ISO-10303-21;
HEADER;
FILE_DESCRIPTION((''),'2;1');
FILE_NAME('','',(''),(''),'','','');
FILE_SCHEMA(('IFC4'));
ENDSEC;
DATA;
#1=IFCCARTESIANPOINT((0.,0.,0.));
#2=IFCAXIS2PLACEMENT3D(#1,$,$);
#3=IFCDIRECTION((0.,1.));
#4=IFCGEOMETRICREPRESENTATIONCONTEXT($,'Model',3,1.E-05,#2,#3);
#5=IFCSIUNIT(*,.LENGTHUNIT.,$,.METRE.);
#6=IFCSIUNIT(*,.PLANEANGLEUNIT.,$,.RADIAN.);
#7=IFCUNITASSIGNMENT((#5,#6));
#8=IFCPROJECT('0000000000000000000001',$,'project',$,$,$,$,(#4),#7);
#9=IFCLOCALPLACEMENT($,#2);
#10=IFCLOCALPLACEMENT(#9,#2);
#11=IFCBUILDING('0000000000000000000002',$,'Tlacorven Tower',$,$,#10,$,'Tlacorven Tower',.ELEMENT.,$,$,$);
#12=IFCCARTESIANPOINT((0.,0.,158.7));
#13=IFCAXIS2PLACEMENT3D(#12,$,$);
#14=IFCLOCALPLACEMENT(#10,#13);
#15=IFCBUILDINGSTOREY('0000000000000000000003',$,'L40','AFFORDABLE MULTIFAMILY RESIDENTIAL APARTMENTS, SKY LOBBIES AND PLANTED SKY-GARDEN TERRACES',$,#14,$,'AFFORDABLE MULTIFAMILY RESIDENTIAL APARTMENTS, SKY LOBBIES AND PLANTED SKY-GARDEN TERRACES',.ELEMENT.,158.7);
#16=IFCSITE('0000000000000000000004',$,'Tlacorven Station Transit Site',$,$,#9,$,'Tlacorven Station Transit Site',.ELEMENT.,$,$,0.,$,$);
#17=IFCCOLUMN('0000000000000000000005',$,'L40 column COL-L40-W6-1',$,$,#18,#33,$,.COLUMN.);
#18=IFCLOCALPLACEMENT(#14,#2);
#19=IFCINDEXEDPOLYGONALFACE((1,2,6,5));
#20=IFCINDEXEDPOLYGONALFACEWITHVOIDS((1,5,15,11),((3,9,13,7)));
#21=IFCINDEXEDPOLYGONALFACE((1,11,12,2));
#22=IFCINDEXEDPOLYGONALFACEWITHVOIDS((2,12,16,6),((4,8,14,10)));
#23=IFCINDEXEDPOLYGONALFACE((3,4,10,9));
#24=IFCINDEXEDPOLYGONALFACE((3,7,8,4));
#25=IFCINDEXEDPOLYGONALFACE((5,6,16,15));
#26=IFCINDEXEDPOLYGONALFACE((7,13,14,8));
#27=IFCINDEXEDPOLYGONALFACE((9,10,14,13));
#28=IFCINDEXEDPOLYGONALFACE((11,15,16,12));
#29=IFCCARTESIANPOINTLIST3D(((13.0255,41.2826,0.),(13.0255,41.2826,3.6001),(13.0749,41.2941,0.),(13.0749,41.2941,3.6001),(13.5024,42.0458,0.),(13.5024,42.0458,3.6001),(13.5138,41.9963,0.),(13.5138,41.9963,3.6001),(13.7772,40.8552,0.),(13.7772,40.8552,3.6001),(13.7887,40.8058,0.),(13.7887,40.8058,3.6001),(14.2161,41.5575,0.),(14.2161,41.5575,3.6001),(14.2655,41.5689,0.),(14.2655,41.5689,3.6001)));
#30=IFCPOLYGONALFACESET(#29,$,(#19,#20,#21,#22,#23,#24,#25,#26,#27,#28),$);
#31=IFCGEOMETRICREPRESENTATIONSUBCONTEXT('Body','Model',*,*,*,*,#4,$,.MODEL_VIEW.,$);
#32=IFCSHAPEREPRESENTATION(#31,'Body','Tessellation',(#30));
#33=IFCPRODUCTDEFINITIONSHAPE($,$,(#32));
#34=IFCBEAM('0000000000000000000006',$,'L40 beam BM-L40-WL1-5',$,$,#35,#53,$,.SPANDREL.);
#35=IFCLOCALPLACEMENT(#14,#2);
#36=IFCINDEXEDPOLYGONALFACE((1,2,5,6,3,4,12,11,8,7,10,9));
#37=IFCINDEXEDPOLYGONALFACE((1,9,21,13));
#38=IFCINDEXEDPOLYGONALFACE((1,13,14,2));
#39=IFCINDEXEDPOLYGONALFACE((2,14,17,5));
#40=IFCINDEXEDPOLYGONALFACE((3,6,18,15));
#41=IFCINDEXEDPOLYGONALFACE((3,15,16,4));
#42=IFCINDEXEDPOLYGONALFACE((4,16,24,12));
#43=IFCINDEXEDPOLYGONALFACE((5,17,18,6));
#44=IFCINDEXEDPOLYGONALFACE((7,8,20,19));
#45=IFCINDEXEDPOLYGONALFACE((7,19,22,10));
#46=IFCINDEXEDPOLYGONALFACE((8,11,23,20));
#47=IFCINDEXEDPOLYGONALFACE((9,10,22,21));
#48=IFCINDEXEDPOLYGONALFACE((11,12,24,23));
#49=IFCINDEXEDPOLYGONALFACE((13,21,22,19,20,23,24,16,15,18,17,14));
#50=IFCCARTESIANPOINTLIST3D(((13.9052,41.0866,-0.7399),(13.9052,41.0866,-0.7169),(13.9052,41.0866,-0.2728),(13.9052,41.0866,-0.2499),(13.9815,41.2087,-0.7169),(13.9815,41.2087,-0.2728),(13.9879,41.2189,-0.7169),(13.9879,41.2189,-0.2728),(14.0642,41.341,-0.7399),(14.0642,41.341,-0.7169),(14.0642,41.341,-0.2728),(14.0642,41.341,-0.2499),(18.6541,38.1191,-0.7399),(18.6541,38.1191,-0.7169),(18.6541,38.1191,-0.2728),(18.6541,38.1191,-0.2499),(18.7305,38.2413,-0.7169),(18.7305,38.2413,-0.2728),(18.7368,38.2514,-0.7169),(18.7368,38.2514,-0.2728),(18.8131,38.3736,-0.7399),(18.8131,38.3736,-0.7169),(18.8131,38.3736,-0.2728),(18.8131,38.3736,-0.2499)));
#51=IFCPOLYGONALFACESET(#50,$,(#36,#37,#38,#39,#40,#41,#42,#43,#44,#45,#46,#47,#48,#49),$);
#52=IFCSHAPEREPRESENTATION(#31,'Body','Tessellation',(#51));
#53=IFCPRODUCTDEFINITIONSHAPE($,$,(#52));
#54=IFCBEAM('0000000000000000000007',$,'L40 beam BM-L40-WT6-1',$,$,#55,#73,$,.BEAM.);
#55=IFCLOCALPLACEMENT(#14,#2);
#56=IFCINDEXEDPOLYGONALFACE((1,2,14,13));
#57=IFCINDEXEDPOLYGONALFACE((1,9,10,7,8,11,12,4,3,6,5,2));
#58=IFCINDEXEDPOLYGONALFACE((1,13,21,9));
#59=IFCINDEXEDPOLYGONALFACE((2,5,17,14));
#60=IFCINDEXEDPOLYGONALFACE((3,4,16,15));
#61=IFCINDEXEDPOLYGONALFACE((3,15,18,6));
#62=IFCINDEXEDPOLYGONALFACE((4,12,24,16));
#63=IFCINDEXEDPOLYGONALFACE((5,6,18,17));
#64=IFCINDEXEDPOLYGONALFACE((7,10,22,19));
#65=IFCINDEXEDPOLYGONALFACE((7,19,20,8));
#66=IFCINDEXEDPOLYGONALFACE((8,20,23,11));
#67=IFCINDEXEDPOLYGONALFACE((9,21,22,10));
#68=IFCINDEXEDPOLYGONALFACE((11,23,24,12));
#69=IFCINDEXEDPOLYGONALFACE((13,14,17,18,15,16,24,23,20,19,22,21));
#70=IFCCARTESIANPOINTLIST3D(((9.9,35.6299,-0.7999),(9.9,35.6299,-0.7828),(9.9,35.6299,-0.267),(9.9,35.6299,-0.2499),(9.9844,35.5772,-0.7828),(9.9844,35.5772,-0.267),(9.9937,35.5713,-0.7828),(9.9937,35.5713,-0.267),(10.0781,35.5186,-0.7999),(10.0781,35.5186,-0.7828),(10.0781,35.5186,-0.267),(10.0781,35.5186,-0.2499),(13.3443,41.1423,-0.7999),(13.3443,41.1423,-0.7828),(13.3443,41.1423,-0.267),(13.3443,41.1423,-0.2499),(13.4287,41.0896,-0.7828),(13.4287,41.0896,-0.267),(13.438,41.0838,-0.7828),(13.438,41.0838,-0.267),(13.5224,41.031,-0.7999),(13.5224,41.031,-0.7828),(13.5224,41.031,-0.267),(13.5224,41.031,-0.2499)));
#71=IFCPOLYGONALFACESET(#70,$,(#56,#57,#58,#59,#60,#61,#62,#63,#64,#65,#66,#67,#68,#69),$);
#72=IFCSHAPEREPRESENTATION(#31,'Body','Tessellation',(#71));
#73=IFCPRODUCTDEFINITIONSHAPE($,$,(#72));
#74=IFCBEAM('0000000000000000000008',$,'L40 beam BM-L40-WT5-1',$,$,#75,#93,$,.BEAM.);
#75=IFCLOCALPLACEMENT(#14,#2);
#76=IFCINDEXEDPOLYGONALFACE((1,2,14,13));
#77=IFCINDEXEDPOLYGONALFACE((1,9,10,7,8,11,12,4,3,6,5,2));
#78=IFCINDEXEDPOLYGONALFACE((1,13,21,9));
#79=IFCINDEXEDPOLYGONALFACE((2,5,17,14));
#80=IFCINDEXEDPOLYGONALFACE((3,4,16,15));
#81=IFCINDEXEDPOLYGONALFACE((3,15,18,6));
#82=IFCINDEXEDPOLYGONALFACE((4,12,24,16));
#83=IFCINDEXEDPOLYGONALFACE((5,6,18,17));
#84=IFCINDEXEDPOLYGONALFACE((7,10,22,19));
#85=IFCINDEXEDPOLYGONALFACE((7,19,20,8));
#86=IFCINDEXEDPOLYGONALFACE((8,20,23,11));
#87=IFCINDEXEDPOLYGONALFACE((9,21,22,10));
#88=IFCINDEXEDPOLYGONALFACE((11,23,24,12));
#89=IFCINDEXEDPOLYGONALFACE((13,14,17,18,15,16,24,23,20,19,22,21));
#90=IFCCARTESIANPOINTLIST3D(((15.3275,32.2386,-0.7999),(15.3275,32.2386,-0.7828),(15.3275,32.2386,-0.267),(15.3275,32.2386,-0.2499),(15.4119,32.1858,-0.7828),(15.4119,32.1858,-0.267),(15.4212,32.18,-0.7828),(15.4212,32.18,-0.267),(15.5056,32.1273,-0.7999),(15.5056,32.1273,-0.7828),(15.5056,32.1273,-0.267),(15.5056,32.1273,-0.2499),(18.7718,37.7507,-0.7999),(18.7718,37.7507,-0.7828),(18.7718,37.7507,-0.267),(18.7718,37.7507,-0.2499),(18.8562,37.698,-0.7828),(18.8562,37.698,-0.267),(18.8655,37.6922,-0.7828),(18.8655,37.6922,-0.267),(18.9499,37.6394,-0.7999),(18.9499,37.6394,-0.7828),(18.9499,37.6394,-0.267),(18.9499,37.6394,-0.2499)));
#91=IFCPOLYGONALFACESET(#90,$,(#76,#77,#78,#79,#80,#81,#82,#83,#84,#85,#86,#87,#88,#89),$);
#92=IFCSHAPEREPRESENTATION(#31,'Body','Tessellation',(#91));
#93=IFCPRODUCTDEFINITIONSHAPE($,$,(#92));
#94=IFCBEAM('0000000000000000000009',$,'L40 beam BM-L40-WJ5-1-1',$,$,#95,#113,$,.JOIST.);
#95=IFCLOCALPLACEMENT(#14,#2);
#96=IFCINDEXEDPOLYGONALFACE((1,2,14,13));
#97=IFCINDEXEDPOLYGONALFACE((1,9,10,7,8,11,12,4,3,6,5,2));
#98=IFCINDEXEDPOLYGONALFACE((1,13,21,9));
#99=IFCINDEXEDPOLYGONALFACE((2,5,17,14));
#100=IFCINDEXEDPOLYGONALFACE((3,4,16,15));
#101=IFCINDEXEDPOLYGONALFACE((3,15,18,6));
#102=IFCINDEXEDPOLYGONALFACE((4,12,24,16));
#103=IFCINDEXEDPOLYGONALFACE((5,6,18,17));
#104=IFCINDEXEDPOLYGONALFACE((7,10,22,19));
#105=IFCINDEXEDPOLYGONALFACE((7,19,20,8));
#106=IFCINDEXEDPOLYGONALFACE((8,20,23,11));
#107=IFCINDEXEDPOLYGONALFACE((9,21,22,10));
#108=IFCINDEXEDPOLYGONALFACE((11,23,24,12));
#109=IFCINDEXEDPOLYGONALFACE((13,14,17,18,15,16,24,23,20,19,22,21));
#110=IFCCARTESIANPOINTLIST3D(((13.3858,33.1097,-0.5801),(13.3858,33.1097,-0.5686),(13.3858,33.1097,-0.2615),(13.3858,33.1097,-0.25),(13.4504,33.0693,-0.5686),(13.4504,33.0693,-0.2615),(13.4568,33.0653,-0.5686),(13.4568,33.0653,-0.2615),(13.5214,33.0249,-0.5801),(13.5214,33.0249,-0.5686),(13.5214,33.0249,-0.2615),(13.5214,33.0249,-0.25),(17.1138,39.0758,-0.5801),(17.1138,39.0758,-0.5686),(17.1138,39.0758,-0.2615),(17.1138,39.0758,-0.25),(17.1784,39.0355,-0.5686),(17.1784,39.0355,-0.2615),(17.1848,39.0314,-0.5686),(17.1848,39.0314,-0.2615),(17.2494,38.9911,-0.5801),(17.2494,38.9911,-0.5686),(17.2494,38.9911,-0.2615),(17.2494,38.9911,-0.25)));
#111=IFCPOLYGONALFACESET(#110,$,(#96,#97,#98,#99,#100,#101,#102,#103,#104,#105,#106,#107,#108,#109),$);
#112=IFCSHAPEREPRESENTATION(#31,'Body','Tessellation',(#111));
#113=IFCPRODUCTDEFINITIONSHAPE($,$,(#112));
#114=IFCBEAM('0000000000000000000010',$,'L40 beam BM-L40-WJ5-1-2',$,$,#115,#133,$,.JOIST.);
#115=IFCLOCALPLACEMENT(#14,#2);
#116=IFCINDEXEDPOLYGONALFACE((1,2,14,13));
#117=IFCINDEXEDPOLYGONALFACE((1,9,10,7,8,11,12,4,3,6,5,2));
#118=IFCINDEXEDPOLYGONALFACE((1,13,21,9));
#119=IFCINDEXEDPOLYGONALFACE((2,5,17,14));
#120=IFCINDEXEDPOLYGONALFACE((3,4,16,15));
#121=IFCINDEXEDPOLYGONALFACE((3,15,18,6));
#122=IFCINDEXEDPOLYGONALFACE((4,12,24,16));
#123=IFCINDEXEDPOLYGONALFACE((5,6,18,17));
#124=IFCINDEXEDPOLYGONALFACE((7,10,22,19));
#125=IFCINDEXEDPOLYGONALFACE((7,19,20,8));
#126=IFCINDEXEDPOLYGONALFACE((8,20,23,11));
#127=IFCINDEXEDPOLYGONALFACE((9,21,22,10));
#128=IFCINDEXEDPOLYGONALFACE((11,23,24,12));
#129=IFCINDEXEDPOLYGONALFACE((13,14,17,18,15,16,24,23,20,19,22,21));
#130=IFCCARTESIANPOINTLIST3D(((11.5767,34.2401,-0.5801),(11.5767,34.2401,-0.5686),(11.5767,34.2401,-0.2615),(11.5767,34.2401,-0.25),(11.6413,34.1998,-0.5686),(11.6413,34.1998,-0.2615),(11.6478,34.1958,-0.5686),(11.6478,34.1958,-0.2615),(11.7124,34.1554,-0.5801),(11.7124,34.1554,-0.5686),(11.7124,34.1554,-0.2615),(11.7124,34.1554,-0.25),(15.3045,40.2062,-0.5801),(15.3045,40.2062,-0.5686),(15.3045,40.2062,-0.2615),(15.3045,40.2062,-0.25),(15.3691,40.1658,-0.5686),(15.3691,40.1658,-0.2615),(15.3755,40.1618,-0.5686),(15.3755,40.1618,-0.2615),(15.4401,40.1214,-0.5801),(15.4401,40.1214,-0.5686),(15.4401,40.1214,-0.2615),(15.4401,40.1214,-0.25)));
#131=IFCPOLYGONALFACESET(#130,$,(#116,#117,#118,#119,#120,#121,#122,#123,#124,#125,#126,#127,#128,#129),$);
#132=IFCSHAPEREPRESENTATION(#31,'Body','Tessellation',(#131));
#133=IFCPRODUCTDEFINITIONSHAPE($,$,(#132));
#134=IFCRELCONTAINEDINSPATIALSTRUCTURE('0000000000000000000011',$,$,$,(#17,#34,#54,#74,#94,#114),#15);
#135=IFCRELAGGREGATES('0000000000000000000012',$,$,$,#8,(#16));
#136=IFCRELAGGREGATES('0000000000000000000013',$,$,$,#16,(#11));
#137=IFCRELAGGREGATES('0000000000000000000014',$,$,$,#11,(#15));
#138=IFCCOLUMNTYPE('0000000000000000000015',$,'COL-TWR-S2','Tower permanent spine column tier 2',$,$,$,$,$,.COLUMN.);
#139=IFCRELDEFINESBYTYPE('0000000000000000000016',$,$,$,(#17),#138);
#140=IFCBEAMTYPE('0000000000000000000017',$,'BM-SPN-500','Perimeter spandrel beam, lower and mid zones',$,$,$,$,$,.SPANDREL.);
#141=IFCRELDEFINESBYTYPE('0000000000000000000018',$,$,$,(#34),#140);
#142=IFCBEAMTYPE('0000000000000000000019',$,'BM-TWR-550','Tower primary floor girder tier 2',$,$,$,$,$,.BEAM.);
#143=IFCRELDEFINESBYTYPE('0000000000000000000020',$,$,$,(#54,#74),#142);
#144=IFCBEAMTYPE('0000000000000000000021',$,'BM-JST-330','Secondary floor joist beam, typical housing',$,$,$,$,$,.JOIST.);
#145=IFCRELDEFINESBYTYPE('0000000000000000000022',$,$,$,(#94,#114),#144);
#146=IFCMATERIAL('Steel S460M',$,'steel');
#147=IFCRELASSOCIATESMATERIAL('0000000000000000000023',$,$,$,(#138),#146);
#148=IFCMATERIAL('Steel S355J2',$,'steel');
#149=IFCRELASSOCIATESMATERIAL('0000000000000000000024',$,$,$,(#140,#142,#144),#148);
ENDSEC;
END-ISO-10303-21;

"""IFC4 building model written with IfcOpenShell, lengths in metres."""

from ifc_helpers import new_model, si_unit, direction, frame, origin, origin_2d, place, context, subcontext, project, spatial, hollow_rectangle, i_section, extrude, source, transform, mapped, material, material_profile, profile_set, type_object, element, save


model = new_model("IFC4")

# Units and contexts
model_context = context("Model", 3, precision=1e-05, world=origin(), true_north=direction((0.0, 1.0)))
body_context = subcontext(model_context, "Body", "Model", "MODEL_VIEW")
ifc_project = project(units=[si_unit("LENGTHUNIT", "METRE"), si_unit("PLANEANGLEUNIT", "RADIAN")], contexts=[model_context])

# Site, building, storey
site_placement = place(None, origin())
site = spatial("IfcSite", under=ifc_project, at=site_placement, Name="Tlacorven Station Transit Site", LongName="Tlacorven Station Transit Site", CompositionType="ELEMENT", RefElevation=0.0)
building_placement = place(site_placement, origin())
building = spatial("IfcBuilding", under=site, at=building_placement, Name="Tlacorven Tower", LongName="Tlacorven Tower", CompositionType="ELEMENT")
storey_placement = place(building_placement, frame((0.0, 0.0, 158.7)))
storey = spatial("IfcBuildingStorey", under=building, at=storey_placement, Name="L40", Description="AFFORDABLE MULTIFAMILY RESIDENTIAL APARTMENTS, SKY LOBBIES AND PLANTED SKY-GARDEN TERRACES", LongName="AFFORDABLE MULTIFAMILY RESIDENTIAL APARTMENTS, SKY LOBBIES AND PLANTED SKY-GARDEN TERRACES", CompositionType="ELEMENT", Elevation=158.7)

# Column
ifc_material_1 = material(Name="Steel S460M", Category="steel")
ifc_material_profile_1 = material_profile(ifc_material_1, hollow_rectangle(XDim=0.8999, YDim=0.8999, WallThickness=0.0359, at=origin_2d()), Name="BOX 900X900X36")
ifc_profile_set_1 = profile_set([ifc_material_profile_1], Name="Steel S460M")
column_type = type_object("IfcColumnType", Name="COL-TWR-S2", Description="Tower permanent spine column tier 2", PredefinedType="COLUMN", material=ifc_profile_set_1)
shared_shape_1 = source(origin(), body_context, "Body", "SweptSolid", [
    extrude(hollow_rectangle(XDim=0.8999, YDim=0.8999, WallThickness=0.0359, at=origin_2d()), origin(), (0.0, 0.0, 1.0), 3.6001),
])
column_placement = place(storey_placement, frame((13.6455, 41.4258, 0.0), z_axis=(0.0, 0.0, 1.0), x_axis=(-0.848048, 0.529919, 0.0)))
element("IfcColumn", 1, at=column_placement, inside=storey, type_object=column_type, Name="L40 column COL-L40-W6-1", PredefinedType="COLUMN", context=body_context, shape_type="MappedRepresentation", body=[
    mapped(shared_shape_1, transform((0.0, 0.0, 0.0), scale=1.0)),
])

# Beams
ifc_material_2 = material(Name="Steel S355J2", Category="steel")
ifc_material_profile_2 = material_profile(ifc_material_2, i_section(OverallWidth=0.3, OverallDepth=0.49, WebThickness=0.012, FlangeThickness=0.0229, at=origin_2d()), Name="HEA 500")
ifc_profile_set_2 = profile_set([ifc_material_profile_2], Name="Steel S355J2")
beam_type_1 = type_object("IfcBeamType", Name="BM-SPN-500", Description="Perimeter spandrel beam, lower and mid zones", PredefinedType="SPANDREL", material=ifc_profile_set_2)
shared_shape_2 = source(origin(), body_context, "Body", "SweptSolid", [
    extrude(i_section(OverallWidth=0.3, OverallDepth=0.49, WebThickness=0.012, FlangeThickness=0.0229, at=origin_2d()), origin(), (0.0, 0.0, 1.0), 5.5999),
])
beam_1_placement = place(storey_placement, frame((18.7336, 38.2463, -0.4949), z_axis=(-0.848047, 0.529921, 0.0), x_axis=(-0.529921, -0.848047, 0.0)))
element("IfcBeam", 2, at=beam_1_placement, inside=storey, type_object=beam_type_1, Name="L40 beam BM-L40-WL1-5", PredefinedType="SPANDREL", context=body_context, shape_type="MappedRepresentation", body=[
    mapped(shared_shape_2, transform((0.0, 0.0, 0.0), scale=1.0)),
])
ifc_material_profile_3 = material_profile(ifc_material_2, i_section(OverallWidth=0.21, OverallDepth=0.55, WebThickness=0.011, FlangeThickness=0.0171, at=origin_2d()), Name="IPE 550")
ifc_profile_set_3 = profile_set([ifc_material_profile_3], Name="Steel S355J2")
beam_type_2 = type_object("IfcBeamType", Name="BM-TWR-550", Description="Tower primary floor girder tier 2", PredefinedType="BEAM", material=ifc_profile_set_3)
shared_shape_3 = source(origin(), body_context, "Body", "SweptSolid", [
    extrude(i_section(OverallWidth=0.21, OverallDepth=0.55, WebThickness=0.011, FlangeThickness=0.0171, at=origin_2d()), origin(), (0.0, 0.0, 1.0), 6.5),
])
beam_2_placement = place(storey_placement, frame((13.4333, 41.0867, -0.5249), z_axis=(-0.529894, -0.848064, 0.0), x_axis=(0.848064, -0.529894, 0.0)))
element("IfcBeam", 3, at=beam_2_placement, inside=storey, type_object=beam_type_2, Name="L40 beam BM-L40-WT6-1", PredefinedType="BEAM", context=body_context, shape_type="MappedRepresentation", body=[
    mapped(shared_shape_3, transform((0.0, 0.0, 0.0), scale=1.0)),
])
shared_shape_4 = source(origin(), body_context, "Body", "SweptSolid", [
    extrude(i_section(OverallWidth=0.21, OverallDepth=0.55, WebThickness=0.011, FlangeThickness=0.0171, at=origin_2d()), origin(), (0.0, 0.0, 1.0), 6.4998),
])
beam_3_placement = place(storey_placement, frame((18.8608, 37.6951, -0.5249), z_axis=(-0.529911, -0.848053, 0.0), x_axis=(0.848053, -0.529911, 0.0)))
element("IfcBeam", 4, at=beam_3_placement, inside=storey, type_object=beam_type_2, Name="L40 beam BM-L40-WT5-1", PredefinedType="BEAM", context=body_context, shape_type="MappedRepresentation", body=[
    mapped(shared_shape_4, transform((0.0, 0.0, 0.0), scale=1.0)),
])
ifc_material_profile_4 = material_profile(ifc_material_2, i_section(OverallWidth=0.1599, OverallDepth=0.3301, WebThickness=0.0076, FlangeThickness=0.0115, at=origin_2d()), Name="IPE 330")
ifc_profile_set_4 = profile_set([ifc_material_profile_4], Name="Steel S355J2")
beam_type_3 = type_object("IfcBeamType", Name="BM-JST-330", Description="Secondary floor joist beam, typical housing", PredefinedType="JOIST", material=ifc_profile_set_4)
shared_shape_5 = source(origin(), body_context, "Body", "SweptSolid", [
    extrude(i_section(OverallWidth=0.1599, OverallDepth=0.3301, WebThickness=0.0076, FlangeThickness=0.0115, at=origin_2d()), origin(), (0.0, 0.0, 1.0), 7.0352),
])
beam_4_placement = place(storey_placement, frame((17.1816, 39.0334, -0.415), z_axis=(-0.529921, -0.848047, 0.0), x_axis=(0.848047, -0.529921, 0.0)))
element("IfcBeam", 5, at=beam_4_placement, inside=storey, type_object=beam_type_3, Name="L40 beam BM-L40-WJ5-1-1", PredefinedType="JOIST", context=body_context, shape_type="MappedRepresentation", body=[
    mapped(shared_shape_5, transform((0.0, 0.0, 0.0), scale=1.0)),
])
shared_shape_6 = source(origin(), body_context, "Body", "SweptSolid", [
    extrude(i_section(OverallWidth=0.1599, OverallDepth=0.3301, WebThickness=0.0076, FlangeThickness=0.0115, at=origin_2d()), origin(), (0.0, 0.0, 1.0), 7.0349),
])
beam_5_placement = place(storey_placement, frame((15.3723, 40.1638, -0.415), z_axis=(-0.529896, -0.848063, 0.0), x_axis=(0.848063, -0.529896, 0.0)))
element("IfcBeam", 6, at=beam_5_placement, inside=storey, type_object=beam_type_3, Name="L40 beam BM-L40-WJ5-1-2", PredefinedType="JOIST", context=body_context, shape_type="MappedRepresentation", body=[
    mapped(shared_shape_6, transform((0.0, 0.0, 0.0), scale=1.0)),
])

save(model, "model.ifc")
